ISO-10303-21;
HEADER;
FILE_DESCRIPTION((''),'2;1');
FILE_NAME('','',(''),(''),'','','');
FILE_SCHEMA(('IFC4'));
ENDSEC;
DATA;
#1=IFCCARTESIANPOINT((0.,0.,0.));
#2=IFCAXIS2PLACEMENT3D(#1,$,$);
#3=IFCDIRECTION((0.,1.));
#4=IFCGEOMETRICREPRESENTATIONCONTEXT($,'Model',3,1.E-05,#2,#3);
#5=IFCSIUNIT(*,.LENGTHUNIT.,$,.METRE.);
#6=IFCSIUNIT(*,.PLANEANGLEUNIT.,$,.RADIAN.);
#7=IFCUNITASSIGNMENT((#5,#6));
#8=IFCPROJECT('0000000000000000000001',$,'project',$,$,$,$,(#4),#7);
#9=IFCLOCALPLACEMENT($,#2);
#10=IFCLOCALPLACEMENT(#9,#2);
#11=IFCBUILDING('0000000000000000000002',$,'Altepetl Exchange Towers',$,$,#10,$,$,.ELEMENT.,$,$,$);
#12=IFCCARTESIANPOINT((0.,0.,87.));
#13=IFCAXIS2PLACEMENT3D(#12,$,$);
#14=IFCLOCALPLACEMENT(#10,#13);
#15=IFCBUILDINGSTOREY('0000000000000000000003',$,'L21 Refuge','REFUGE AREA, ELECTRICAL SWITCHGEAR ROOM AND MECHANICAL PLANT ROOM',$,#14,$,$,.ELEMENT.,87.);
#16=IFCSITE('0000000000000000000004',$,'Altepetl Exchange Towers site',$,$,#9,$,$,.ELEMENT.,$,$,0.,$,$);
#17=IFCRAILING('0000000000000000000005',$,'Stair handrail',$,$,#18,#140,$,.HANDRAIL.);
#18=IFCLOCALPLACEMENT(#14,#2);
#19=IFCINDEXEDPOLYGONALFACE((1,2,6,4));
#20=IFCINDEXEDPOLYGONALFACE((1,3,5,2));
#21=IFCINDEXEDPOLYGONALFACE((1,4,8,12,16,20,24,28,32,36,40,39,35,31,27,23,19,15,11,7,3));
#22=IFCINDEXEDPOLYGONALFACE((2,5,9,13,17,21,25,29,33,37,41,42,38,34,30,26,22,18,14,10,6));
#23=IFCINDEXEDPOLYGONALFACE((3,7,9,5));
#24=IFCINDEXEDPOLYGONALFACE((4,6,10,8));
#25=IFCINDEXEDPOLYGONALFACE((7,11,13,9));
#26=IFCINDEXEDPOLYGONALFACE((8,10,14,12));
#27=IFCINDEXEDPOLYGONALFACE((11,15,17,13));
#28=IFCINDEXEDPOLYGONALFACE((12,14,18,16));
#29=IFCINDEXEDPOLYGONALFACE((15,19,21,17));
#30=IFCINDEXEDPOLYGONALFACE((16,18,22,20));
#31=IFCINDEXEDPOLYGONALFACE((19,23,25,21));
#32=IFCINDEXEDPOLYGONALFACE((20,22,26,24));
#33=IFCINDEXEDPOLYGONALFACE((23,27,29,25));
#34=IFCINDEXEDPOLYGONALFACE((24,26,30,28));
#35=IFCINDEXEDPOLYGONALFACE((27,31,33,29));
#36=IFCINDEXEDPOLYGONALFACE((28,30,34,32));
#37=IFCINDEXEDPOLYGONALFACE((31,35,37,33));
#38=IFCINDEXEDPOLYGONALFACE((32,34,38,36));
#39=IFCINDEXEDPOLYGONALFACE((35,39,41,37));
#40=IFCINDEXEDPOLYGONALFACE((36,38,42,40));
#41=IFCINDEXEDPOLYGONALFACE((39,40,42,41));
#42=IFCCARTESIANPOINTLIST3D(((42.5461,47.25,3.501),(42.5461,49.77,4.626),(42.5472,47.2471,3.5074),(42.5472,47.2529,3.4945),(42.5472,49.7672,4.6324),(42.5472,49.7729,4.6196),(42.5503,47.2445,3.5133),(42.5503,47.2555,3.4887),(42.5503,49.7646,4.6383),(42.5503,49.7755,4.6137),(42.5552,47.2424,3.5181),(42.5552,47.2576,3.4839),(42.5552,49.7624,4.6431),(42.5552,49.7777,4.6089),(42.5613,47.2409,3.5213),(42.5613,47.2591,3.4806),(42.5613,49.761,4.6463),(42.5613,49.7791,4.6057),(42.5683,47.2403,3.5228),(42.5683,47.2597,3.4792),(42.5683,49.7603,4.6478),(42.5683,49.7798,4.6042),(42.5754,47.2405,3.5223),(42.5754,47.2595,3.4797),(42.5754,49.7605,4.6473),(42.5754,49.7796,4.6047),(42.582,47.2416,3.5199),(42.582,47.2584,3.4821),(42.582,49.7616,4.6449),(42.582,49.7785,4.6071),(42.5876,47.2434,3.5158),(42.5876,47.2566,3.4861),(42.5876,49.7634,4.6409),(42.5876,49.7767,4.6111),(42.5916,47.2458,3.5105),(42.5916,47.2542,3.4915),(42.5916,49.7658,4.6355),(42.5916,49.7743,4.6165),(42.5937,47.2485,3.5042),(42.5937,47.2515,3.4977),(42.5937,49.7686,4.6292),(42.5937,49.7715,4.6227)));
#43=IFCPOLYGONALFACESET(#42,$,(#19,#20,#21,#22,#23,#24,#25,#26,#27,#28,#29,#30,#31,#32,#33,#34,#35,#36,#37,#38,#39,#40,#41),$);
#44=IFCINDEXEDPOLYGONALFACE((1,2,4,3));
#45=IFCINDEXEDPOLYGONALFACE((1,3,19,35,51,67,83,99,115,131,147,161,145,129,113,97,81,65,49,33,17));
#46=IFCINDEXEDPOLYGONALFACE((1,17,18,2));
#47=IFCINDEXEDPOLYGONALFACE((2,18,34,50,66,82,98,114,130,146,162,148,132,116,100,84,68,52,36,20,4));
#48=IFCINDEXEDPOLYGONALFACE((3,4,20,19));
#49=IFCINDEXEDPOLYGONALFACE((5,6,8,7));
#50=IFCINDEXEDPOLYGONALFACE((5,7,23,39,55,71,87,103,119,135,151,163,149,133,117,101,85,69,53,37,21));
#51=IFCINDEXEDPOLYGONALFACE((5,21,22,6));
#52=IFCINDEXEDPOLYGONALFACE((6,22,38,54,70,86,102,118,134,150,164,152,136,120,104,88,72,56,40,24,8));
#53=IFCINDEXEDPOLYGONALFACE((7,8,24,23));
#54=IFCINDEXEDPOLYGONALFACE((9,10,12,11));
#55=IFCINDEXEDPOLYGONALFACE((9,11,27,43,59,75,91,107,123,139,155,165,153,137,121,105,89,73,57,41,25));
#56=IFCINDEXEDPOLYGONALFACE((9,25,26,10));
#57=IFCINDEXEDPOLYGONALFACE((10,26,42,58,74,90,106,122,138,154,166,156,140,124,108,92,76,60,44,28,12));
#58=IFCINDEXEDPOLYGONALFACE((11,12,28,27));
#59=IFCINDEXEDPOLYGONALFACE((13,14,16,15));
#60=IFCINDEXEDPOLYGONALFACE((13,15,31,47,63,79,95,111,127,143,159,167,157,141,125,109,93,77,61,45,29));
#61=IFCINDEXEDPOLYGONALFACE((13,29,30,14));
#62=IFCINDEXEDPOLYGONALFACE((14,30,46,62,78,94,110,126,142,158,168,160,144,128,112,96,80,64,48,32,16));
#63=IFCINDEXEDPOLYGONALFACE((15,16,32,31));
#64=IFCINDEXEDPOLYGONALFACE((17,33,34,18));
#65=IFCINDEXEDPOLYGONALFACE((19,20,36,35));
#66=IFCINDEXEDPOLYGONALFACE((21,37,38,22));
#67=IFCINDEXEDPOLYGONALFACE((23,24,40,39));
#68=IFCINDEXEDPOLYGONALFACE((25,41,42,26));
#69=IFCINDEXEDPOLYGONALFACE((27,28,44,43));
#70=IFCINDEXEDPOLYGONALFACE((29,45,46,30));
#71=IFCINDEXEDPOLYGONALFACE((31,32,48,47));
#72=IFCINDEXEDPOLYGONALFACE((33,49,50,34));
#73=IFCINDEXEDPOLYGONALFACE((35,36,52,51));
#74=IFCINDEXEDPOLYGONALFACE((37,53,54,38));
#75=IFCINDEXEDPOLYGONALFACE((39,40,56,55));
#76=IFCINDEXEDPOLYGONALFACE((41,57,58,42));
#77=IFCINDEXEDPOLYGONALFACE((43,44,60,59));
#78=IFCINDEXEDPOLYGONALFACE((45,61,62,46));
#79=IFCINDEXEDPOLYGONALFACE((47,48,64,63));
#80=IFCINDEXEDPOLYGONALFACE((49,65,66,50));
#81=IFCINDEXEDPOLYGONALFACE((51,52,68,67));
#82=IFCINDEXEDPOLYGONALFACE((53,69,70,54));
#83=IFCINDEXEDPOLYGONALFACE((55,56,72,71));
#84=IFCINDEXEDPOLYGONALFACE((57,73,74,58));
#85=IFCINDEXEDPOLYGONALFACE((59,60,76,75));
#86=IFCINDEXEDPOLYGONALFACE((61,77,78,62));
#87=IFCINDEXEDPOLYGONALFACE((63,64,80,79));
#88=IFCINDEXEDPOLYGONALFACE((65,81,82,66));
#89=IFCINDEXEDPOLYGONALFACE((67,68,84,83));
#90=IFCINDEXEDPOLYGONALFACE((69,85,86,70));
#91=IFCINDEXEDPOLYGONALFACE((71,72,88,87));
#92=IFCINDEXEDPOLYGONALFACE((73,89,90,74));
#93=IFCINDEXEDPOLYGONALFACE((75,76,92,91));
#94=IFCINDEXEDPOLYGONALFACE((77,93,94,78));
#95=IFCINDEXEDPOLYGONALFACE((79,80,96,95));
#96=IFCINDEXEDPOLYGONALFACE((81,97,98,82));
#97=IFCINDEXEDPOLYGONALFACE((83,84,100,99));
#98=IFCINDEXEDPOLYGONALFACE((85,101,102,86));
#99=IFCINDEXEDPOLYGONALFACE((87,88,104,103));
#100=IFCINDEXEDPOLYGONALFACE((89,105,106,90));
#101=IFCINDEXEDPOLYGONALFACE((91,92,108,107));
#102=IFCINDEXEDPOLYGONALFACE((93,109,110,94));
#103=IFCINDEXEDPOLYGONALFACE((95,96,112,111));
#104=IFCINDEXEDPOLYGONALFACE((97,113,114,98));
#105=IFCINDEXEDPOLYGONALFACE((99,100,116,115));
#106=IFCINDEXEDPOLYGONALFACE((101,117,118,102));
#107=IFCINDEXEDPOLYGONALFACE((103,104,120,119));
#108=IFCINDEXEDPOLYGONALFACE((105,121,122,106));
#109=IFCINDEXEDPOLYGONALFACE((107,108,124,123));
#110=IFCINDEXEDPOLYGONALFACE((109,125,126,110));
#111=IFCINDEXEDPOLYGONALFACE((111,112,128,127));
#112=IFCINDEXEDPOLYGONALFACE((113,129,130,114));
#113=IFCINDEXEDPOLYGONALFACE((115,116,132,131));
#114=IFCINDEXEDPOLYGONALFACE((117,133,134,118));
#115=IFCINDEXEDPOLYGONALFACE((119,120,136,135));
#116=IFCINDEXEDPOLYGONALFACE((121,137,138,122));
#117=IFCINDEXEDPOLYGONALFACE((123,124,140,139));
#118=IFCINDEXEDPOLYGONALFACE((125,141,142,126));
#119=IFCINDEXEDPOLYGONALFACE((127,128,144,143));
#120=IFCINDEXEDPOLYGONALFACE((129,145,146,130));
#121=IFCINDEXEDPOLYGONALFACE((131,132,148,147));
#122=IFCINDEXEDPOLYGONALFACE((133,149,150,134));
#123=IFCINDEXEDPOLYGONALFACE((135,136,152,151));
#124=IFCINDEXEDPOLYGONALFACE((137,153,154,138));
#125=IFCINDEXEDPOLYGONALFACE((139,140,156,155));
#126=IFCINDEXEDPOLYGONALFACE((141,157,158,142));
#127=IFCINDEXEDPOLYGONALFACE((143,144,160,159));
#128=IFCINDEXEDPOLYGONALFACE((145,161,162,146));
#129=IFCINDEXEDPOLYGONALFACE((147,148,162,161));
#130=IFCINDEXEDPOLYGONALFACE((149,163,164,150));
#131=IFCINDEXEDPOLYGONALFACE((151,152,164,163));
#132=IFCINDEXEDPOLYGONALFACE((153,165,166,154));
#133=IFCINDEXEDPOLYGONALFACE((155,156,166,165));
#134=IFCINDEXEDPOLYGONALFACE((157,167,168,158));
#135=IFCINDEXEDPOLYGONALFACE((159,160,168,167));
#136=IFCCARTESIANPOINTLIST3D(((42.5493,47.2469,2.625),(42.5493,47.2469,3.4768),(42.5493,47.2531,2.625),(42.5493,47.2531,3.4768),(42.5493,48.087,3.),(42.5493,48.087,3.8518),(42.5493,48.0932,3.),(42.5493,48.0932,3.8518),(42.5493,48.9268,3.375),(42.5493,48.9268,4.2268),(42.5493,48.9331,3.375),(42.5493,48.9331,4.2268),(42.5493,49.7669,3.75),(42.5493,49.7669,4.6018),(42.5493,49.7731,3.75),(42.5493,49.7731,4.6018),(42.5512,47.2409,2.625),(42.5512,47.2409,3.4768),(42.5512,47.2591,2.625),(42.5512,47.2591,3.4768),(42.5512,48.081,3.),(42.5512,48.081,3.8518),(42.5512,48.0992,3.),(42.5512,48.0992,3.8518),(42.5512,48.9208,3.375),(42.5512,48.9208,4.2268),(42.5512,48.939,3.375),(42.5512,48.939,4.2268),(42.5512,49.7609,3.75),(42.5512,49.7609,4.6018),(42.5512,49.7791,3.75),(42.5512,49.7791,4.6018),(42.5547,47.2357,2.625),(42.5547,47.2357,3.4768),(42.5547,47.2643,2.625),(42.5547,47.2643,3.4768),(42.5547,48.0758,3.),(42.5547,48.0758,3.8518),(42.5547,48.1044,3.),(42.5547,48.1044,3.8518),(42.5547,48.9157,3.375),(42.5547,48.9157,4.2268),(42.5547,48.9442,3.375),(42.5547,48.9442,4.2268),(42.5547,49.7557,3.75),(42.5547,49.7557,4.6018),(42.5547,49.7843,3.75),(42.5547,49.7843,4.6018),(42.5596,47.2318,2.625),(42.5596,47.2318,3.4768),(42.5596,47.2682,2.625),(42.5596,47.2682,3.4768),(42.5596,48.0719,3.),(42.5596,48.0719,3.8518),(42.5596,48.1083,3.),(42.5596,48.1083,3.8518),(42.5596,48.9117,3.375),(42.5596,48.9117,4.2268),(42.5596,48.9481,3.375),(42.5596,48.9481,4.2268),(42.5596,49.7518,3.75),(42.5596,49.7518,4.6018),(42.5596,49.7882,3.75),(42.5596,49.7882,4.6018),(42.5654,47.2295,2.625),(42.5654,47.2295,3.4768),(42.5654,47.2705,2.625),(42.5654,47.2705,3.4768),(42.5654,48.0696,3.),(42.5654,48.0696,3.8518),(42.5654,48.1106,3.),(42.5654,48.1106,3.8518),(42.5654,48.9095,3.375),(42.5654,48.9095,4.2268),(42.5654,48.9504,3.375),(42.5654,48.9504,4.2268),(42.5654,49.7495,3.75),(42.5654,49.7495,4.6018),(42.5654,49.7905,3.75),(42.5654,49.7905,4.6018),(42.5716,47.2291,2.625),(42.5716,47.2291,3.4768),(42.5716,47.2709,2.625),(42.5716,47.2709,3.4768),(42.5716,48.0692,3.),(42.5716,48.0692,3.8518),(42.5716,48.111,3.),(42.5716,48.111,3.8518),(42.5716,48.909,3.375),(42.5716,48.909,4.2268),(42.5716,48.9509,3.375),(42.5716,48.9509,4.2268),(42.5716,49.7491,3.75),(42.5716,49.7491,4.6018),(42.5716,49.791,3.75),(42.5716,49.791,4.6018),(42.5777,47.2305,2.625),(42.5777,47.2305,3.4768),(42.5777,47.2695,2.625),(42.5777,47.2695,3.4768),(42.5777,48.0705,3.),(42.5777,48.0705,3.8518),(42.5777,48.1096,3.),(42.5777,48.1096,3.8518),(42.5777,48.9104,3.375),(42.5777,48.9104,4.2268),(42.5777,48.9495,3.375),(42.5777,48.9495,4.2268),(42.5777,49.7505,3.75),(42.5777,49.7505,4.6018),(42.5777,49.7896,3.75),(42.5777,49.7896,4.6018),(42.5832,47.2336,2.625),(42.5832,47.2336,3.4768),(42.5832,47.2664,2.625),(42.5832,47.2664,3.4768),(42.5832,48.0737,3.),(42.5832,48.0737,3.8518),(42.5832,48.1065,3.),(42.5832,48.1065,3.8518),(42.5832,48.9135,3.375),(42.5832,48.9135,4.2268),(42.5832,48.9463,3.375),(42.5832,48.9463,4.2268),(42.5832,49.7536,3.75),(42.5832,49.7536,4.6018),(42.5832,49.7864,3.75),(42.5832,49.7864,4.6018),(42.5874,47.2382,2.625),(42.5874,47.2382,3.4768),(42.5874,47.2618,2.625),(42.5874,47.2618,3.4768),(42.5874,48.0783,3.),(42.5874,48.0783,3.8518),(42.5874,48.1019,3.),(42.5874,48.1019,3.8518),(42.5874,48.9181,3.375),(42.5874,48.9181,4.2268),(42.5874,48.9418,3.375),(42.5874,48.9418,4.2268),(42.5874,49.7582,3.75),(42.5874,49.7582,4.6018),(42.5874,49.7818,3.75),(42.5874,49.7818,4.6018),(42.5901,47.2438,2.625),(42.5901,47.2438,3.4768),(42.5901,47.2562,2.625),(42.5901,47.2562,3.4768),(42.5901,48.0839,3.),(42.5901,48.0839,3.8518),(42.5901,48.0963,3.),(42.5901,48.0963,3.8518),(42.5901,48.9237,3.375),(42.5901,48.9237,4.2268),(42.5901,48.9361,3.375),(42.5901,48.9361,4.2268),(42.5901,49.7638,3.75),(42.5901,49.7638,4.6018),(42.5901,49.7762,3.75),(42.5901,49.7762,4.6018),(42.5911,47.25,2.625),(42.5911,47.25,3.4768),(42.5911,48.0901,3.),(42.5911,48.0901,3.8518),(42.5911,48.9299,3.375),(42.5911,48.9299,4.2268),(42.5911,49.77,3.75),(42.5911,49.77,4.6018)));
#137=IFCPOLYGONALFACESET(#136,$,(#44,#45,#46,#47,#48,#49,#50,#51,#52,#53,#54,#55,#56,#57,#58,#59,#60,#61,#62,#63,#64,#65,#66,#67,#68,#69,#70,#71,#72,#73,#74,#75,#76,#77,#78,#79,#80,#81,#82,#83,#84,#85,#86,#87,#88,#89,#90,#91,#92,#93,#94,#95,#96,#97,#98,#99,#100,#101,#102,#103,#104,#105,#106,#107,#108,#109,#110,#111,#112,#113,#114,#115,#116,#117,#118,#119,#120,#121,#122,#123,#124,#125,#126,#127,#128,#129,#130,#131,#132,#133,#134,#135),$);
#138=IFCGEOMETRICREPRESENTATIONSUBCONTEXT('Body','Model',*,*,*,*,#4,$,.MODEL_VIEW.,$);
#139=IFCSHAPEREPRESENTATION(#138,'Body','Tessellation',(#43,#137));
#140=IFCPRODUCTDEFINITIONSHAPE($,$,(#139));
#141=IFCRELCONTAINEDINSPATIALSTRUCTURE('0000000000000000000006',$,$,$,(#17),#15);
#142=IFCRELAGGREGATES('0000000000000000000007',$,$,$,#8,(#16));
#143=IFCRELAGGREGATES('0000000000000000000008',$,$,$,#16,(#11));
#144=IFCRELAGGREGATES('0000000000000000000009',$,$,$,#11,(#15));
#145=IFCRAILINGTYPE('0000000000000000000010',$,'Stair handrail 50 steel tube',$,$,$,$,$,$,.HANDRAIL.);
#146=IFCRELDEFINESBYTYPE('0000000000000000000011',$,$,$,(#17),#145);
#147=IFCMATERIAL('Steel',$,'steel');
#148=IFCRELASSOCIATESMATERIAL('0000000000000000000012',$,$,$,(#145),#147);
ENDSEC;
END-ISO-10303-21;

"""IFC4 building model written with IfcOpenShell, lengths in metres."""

from ifc_helpers import new_model, si_unit, direction, frame, origin, origin_2d, place, context, subcontext, project, spatial, circle, extrude, source, transform, mapped, material, type_object, element, save


model = new_model("IFC4")

# Units and contexts
model_context = context("Model", 3, precision=1e-05, world=origin(), true_north=direction((0.0, 1.0)))
body_context = subcontext(model_context, "Body", "Model", "MODEL_VIEW")
ifc_project = project(units=[si_unit("LENGTHUNIT", "METRE"), si_unit("PLANEANGLEUNIT", "RADIAN")], contexts=[model_context])

# Site, building, storey
site_placement = place(None, origin())
site = spatial("IfcSite", under=ifc_project, at=site_placement, Name="Altepetl Exchange Towers site", CompositionType="ELEMENT", RefElevation=0.0)
building_placement = place(site_placement, origin())
building = spatial("IfcBuilding", under=site, at=building_placement, Name="Altepetl Exchange Towers", CompositionType="ELEMENT")
storey_placement = place(building_placement, frame((0.0, 0.0, 87.0)))
storey = spatial("IfcBuildingStorey", under=building, at=storey_placement, Name="L21 Refuge", Description="REFUGE AREA, ELECTRICAL SWITCHGEAR ROOM AND MECHANICAL PLANT ROOM", CompositionType="ELEMENT", Elevation=87.0)

# Railing
ifc_material_1 = material(Name="Steel", Category="steel")
railing_type = type_object("IfcRailingType", Name="Stair handrail 50 steel tube", PredefinedType="HANDRAIL", material=ifc_material_1)
shared_shape = source(origin(), body_context, "Body", "SweptSolid", [
    extrude(circle(Radius=0.021, at=origin_2d()), origin(), (0.0, 0.0, 1.0), 0.8518),
])
railing_1_placement = place(storey_placement, frame((42.5701, 47.25, 2.625)))
element("IfcRailing", 1, at=railing_1_placement, inside=storey, type_object=railing_type, Name="Stair handrail", PredefinedType="HANDRAIL", context=body_context, shape_type="SweptSolid", body=[
    extrude(circle(Radius=0.0239, at=origin_2d()), frame((0.0, 0.0, 0.876), z_axis=(0.0, 0.913139, 0.407648), x_axis=(-1.0, 0.0, 0.0)), (0.0, 0.0, 1.0), 2.7598),
    mapped(shared_shape, transform((0.0, 0.0, 0.0))),
    mapped(shared_shape, transform((0.0, 0.8401, 0.375))),
    mapped(shared_shape, transform((0.0, 1.6799, 0.75))),
    mapped(shared_shape, transform((0.0, 2.52, 1.125))),
])

save(model, "model.ifc")
